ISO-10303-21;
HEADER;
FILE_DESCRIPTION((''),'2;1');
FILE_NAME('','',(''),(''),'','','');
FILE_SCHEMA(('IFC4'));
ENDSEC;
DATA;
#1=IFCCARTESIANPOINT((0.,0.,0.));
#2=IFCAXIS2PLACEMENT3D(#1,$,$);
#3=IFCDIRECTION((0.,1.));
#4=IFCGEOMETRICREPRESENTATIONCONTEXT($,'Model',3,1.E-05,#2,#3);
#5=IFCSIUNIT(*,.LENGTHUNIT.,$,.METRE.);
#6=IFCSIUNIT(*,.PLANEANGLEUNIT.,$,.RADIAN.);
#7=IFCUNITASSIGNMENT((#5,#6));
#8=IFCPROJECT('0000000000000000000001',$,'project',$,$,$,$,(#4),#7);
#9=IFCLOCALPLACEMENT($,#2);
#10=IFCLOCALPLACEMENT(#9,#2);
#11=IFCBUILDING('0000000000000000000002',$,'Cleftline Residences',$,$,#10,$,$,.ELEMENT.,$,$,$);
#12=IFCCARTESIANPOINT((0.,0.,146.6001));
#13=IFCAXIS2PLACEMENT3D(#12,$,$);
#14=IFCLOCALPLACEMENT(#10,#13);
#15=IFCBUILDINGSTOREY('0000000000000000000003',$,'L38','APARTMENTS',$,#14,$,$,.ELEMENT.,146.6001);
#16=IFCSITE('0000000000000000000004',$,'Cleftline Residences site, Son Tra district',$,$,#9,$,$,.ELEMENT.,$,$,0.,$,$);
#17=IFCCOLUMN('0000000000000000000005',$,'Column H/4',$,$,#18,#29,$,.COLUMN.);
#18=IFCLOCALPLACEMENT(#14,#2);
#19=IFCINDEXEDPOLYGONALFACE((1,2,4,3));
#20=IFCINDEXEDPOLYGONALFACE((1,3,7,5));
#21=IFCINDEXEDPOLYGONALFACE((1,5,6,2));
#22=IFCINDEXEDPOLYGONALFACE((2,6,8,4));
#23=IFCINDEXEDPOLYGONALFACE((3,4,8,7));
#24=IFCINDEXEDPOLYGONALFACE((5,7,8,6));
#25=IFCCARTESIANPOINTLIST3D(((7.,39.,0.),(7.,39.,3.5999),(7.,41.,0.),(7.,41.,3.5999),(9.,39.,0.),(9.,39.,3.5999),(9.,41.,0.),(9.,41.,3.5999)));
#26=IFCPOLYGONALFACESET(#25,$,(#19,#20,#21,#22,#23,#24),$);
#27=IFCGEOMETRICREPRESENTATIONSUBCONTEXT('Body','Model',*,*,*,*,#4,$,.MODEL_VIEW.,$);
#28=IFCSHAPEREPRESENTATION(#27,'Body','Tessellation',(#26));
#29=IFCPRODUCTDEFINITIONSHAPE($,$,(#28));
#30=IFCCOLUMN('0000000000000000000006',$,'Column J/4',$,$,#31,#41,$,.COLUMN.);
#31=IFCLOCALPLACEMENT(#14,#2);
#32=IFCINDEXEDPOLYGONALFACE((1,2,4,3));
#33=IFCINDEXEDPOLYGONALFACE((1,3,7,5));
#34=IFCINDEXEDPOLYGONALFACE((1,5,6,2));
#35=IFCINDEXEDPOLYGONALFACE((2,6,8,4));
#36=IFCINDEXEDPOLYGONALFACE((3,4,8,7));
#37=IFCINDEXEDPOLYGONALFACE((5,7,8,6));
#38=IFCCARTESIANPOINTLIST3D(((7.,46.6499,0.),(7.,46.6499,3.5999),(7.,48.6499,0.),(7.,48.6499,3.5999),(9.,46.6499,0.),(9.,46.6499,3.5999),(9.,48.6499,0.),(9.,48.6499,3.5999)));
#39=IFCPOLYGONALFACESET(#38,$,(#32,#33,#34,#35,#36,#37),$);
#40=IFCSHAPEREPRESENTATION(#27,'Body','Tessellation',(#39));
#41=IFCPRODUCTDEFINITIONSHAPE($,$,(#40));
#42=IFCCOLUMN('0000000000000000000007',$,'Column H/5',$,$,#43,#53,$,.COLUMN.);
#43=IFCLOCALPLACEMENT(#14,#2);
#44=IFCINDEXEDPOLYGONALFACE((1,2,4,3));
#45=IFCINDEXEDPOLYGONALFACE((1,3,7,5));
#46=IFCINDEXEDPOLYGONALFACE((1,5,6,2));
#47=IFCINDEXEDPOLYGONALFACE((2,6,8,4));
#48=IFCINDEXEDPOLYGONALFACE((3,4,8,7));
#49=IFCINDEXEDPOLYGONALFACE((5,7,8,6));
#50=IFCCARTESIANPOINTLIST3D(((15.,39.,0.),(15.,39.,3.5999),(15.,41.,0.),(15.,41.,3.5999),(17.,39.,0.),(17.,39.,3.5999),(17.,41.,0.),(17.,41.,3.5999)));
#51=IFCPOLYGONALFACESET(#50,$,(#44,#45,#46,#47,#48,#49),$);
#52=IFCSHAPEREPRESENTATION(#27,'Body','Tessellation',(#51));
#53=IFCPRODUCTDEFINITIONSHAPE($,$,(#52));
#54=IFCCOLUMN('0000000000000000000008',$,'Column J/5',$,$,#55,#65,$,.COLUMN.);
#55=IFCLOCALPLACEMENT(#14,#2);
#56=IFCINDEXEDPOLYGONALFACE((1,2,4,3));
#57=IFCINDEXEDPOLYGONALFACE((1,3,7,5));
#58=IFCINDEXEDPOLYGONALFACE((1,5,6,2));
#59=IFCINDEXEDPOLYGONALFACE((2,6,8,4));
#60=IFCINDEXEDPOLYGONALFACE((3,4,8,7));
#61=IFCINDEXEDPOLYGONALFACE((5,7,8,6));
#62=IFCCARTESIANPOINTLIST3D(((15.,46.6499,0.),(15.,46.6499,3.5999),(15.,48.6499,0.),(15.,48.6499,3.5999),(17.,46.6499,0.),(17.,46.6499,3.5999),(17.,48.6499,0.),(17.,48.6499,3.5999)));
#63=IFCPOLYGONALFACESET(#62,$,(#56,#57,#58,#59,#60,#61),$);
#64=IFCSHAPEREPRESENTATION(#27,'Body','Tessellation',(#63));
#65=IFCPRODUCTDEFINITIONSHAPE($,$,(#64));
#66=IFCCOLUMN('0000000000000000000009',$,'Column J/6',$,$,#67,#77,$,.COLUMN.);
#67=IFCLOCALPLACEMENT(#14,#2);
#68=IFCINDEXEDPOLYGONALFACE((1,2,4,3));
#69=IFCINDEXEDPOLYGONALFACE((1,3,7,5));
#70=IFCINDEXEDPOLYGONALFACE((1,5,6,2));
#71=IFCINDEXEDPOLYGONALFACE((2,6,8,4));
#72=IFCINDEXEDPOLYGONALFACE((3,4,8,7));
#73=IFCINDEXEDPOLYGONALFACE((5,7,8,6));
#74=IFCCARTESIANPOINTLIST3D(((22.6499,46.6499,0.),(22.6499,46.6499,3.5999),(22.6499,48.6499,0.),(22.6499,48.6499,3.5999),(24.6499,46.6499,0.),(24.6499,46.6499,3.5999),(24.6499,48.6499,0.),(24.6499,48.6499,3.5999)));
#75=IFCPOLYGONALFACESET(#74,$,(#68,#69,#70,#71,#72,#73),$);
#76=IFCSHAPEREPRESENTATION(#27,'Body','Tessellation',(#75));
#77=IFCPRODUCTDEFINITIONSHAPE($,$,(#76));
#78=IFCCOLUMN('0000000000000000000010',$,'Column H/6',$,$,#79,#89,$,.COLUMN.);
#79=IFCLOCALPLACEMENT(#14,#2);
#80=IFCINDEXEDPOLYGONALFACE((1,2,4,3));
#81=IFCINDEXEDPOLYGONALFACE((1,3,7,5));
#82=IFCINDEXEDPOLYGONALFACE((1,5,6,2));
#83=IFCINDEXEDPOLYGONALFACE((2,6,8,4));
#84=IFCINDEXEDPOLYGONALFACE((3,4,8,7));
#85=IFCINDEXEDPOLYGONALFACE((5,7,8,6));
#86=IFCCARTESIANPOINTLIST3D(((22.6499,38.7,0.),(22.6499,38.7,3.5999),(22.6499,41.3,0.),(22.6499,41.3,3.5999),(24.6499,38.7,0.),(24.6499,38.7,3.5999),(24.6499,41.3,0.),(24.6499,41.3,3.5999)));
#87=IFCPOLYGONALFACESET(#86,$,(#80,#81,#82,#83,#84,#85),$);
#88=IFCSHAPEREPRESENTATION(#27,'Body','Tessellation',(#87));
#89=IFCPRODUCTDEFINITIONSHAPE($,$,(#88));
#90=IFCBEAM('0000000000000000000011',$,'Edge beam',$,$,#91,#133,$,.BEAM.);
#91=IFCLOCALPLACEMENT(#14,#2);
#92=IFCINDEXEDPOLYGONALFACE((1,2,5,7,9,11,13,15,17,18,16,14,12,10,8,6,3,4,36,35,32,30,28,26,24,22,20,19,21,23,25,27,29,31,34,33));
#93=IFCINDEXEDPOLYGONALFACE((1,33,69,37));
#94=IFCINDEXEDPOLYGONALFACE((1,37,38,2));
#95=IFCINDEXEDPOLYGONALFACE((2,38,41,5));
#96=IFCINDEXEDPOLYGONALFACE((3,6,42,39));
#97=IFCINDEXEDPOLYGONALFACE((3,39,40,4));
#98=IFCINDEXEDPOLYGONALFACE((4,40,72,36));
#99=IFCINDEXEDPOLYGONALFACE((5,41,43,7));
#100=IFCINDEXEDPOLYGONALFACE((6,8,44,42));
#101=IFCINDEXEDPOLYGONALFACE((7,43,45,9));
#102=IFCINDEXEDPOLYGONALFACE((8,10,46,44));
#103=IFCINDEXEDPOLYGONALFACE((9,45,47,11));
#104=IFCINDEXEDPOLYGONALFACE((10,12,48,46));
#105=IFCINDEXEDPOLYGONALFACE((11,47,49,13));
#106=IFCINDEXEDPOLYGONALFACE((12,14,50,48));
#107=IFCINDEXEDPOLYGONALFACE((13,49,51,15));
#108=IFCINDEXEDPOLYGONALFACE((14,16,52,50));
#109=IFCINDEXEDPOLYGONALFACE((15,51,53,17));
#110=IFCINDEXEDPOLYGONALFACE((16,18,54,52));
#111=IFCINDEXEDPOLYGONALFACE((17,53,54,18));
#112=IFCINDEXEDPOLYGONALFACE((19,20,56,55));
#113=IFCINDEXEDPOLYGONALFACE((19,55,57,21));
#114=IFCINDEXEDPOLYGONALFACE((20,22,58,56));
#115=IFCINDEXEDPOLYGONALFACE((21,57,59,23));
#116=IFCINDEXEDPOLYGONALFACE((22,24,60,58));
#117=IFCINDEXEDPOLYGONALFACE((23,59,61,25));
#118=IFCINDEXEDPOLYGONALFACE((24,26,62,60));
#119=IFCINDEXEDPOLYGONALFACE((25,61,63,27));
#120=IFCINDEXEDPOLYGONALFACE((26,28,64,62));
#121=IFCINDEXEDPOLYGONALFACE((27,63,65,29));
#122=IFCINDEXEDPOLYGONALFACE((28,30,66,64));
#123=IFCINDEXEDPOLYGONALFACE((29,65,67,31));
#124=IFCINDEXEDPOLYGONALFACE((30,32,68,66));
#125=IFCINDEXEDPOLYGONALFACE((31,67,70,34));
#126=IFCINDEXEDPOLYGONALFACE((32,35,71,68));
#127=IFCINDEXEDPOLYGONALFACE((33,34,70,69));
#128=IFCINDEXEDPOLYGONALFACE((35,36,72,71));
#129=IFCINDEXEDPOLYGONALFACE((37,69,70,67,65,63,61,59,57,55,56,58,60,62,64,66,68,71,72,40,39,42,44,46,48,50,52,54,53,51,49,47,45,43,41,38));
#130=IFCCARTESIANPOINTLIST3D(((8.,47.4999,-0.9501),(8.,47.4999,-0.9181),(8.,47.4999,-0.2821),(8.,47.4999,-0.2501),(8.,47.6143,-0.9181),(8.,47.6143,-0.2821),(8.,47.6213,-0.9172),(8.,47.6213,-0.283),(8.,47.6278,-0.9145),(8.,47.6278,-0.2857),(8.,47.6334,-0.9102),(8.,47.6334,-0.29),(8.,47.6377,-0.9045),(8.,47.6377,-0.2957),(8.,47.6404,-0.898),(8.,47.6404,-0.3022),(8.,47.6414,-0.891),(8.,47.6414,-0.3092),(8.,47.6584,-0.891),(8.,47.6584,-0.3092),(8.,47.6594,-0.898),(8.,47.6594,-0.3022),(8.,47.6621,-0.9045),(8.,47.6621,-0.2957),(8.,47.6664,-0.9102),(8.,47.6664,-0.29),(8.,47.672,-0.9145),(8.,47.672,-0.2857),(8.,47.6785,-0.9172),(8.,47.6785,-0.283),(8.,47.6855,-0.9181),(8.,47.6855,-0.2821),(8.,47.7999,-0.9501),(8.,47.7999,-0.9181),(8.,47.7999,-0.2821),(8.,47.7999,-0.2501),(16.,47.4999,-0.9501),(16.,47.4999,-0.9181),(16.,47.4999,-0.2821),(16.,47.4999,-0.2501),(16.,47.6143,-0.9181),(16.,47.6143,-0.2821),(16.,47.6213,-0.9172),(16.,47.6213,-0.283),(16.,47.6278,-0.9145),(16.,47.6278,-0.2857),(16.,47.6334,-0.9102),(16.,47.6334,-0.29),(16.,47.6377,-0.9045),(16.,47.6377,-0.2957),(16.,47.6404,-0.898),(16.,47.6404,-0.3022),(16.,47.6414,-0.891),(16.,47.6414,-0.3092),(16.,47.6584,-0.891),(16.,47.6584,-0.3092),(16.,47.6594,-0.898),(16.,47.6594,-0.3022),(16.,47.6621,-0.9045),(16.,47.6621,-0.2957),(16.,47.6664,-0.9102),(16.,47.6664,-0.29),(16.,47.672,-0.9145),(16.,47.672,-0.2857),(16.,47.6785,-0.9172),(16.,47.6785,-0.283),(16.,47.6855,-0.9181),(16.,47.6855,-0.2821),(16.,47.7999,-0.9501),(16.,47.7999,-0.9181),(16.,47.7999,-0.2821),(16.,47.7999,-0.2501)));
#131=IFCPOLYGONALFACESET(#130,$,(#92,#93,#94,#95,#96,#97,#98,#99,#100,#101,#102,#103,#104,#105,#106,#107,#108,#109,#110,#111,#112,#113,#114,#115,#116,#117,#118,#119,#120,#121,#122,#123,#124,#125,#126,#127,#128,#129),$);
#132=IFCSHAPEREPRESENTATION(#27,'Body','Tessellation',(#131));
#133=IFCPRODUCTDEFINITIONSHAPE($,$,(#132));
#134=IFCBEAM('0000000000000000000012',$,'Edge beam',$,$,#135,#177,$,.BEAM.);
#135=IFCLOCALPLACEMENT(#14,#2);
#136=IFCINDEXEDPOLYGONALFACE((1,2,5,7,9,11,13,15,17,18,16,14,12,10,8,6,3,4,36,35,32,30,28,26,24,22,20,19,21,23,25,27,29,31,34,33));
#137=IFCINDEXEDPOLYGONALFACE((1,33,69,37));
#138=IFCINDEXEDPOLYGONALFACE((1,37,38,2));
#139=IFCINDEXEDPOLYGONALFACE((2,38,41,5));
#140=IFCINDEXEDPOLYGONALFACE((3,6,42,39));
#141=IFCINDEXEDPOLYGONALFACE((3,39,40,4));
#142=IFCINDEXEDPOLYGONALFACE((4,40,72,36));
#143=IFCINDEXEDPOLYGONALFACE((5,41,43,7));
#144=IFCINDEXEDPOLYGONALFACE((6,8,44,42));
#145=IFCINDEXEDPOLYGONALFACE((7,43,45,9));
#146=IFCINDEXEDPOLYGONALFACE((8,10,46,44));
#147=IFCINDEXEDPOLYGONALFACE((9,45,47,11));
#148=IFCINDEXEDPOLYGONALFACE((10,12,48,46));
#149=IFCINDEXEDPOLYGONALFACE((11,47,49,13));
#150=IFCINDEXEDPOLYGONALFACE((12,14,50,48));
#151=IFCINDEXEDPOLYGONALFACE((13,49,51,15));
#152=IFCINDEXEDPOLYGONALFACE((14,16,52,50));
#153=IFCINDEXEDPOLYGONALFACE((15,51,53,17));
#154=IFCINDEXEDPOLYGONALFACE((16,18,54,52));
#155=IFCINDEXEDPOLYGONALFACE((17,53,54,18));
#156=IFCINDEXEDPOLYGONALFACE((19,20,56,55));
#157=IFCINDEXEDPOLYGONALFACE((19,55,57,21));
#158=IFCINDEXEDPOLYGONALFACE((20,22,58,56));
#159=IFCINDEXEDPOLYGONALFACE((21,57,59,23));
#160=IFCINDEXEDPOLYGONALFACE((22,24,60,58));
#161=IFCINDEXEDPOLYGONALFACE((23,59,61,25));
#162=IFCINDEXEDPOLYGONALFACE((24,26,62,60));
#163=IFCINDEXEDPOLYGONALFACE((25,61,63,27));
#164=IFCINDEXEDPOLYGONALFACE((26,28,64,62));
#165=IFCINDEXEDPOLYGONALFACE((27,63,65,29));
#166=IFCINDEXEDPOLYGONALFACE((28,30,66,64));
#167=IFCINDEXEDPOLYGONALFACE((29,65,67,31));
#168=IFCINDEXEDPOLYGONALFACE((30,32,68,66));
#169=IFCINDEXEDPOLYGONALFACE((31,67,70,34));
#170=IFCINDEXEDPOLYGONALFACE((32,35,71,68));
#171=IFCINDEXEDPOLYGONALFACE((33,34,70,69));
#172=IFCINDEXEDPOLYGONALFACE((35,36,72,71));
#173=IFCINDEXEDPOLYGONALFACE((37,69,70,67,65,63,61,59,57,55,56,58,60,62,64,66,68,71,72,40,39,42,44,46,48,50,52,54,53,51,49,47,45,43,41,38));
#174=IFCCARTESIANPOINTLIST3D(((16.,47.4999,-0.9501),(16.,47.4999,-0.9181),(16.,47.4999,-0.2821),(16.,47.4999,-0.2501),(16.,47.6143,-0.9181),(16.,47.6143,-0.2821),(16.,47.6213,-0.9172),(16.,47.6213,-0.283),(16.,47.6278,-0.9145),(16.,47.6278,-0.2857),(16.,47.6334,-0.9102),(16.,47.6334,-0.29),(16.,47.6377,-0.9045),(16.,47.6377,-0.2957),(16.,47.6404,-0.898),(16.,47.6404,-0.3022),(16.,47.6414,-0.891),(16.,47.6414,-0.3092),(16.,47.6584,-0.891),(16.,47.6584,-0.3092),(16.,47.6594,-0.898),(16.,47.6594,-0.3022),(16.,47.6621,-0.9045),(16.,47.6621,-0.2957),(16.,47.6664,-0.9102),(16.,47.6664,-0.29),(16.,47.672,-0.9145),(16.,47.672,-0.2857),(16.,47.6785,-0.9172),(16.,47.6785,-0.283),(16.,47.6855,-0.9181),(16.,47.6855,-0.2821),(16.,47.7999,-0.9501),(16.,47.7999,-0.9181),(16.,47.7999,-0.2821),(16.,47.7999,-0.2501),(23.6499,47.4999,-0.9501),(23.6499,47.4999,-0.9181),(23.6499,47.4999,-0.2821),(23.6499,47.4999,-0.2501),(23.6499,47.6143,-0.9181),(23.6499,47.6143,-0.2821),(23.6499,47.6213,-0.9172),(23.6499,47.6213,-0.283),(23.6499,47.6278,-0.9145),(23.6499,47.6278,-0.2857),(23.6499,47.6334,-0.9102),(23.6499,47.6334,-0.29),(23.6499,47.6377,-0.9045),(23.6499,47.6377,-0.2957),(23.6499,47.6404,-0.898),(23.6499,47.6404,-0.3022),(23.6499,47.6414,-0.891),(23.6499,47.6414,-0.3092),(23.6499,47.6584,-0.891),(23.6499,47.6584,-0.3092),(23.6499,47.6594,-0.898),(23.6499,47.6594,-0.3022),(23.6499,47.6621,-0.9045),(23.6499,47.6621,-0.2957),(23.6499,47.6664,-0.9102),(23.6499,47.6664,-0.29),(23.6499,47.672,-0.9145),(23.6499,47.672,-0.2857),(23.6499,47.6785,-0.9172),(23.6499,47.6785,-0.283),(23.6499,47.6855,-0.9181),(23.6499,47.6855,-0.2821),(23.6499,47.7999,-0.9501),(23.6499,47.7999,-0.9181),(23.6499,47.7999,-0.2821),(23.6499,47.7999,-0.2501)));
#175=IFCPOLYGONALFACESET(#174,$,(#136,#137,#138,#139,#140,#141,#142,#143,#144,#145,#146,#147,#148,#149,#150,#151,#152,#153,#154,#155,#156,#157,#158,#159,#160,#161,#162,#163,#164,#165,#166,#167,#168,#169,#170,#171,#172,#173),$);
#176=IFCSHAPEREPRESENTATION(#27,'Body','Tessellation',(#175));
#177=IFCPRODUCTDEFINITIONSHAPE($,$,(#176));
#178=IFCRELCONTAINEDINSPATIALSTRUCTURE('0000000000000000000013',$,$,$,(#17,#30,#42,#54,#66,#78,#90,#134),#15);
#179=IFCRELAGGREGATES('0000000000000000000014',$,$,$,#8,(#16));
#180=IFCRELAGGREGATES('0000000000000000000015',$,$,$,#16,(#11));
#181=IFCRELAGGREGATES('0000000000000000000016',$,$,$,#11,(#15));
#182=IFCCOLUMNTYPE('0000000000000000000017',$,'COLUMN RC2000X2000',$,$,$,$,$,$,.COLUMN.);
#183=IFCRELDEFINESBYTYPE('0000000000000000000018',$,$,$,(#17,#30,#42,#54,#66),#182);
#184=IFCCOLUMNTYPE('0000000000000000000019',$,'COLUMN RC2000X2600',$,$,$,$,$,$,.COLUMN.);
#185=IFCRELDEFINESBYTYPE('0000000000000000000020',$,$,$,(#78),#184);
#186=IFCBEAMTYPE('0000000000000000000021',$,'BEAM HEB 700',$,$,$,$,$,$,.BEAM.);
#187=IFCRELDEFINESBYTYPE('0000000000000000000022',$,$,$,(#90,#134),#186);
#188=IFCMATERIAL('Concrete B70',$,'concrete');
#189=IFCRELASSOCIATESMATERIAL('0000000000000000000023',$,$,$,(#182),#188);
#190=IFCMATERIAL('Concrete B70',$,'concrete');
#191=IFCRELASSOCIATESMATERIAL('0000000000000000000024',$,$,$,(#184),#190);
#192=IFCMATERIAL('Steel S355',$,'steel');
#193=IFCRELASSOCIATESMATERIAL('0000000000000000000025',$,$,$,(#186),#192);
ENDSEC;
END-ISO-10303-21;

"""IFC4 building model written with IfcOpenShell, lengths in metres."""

from ifc_helpers import new_model, si_unit, direction, frame, origin, origin_2d, place, context, subcontext, project, spatial, rectangle, i_section, extrude, material, material_profile, profile_set, type_object, element, save


model = new_model("IFC4")

# Units and contexts
model_context = context("Model", 3, precision=1e-05, world=origin(), true_north=direction((0.0, 1.0)))
body_context = subcontext(model_context, "Body", "Model", "MODEL_VIEW")
ifc_project = project(units=[si_unit("LENGTHUNIT", "METRE"), si_unit("PLANEANGLEUNIT", "RADIAN")], contexts=[model_context])

# Site, building, storey
site_placement = place(None, origin())
site = spatial("IfcSite", under=ifc_project, at=site_placement, Name="Cleftline Residences site, Son Tra district", CompositionType="ELEMENT", RefElevation=0.0)
building_placement = place(site_placement, origin())
building = spatial("IfcBuilding", under=site, at=building_placement, Name="Cleftline Residences", CompositionType="ELEMENT")
storey_placement = place(building_placement, frame((0.0, 0.0, 146.6001)))
storey = spatial("IfcBuildingStorey", under=building, at=storey_placement, Name="L38", Description="APARTMENTS", CompositionType="ELEMENT", Elevation=146.6001)

# Columns
ifc_material_1 = material(Name="Concrete B70", Category="concrete")
ifc_material_profile_1 = material_profile(ifc_material_1, rectangle(XDim=2.0, YDim=2.0, at=origin_2d()))
ifc_profile_set_1 = profile_set([ifc_material_profile_1], Name="Concrete B70")
column_type_1 = type_object("IfcColumnType", Name="COLUMN RC2000X2000", PredefinedType="COLUMN", material=ifc_profile_set_1)
for number, where, z_axis, x_axis, name in (
    (1, (8.0, 40.0, 0.0), (0.0, 0.0, 1.0), (1.0, 0.0, 0.0), "Column H/4"),
    (2, (8.0, 47.6499, 0.0), (0.0, 0.0, 1.0), (1.0, 0.0, 0.0), "Column J/4"),
    (3, (16.0, 40.0, 0.0), (0.0, 0.0, 1.0), (1.0, 0.0, 0.0), "Column H/5"),
    (4, (16.0, 47.6499, 0.0), (0.0, 0.0, 1.0), (1.0, 0.0, 0.0), "Column J/5"),
    (5, (23.6499, 47.6499, 0.0), (0.0, 0.0, 1.0), (1.0, 0.0, 0.0), "Column J/6"),
):
    element("IfcColumn", number, at=place(storey_placement, frame(where, z_axis=z_axis, x_axis=x_axis)), inside=storey, type_object=column_type_1, Name=name, PredefinedType="COLUMN", context=body_context, shape_type="SweptSolid", body=[
        extrude(rectangle(XDim=2.0, YDim=2.0, at=origin_2d()), origin(), (0.0, 0.0, 1.0), 3.5999),
    ])
ifc_material_2 = material(Name="Concrete B70", Category="concrete")
ifc_material_profile_2 = material_profile(ifc_material_2, rectangle(XDim=2.0, YDim=2.6001, at=origin_2d()))
ifc_profile_set_2 = profile_set([ifc_material_profile_2], Name="Concrete B70")
column_type_2 = type_object("IfcColumnType", Name="COLUMN RC2000X2600", PredefinedType="COLUMN", material=ifc_profile_set_2)
column_placement = place(storey_placement, frame((23.6499, 40.0, 0.0), z_axis=(0.0, 0.0, 1.0), x_axis=(1.0, 0.0, 0.0)))
element("IfcColumn", 6, at=column_placement, inside=storey, type_object=column_type_2, Name="Column H/6", PredefinedType="COLUMN", context=body_context, shape_type="SweptSolid", body=[
    extrude(rectangle(XDim=2.0, YDim=2.6001, at=origin_2d()), origin(), (0.0, 0.0, 1.0), 3.5999),
])

# Beams
ifc_material_3 = material(Name="Steel S355", Category="steel")
ifc_material_profile_3 = material_profile(ifc_material_3, i_section(OverallWidth=0.3, OverallDepth=0.7, WebThickness=0.0171, FlangeThickness=0.032, FilletRadius=0.0271, at=origin_2d()))
ifc_profile_set_3 = profile_set([ifc_material_profile_3], Name="Steel S355")
beam_type = type_object("IfcBeamType", Name="BEAM HEB 700", PredefinedType="BEAM", material=ifc_profile_set_3)
beam_placement = place(storey_placement, frame((8.0, 47.6499, -0.6001), z_axis=(1.0, 0.0, 0.0), x_axis=(0.0, 1.0, 0.0)))
element("IfcBeam", 7, at=beam_placement, inside=storey, type_object=beam_type, Name="Edge beam", PredefinedType="BEAM", context=body_context, shape_type="SweptSolid", body=[
    extrude(i_section(OverallWidth=0.3, OverallDepth=0.7, WebThickness=0.0171, FlangeThickness=0.032, FilletRadius=0.0271, at=origin_2d()), origin(), (0.0, 0.0, 1.0), 8.0),
])
for number, where, z_axis, x_axis, name in (
    (8, (16.0, 47.6499, -0.6001), (1.0, 0.0, 0.0), (0.0, 1.0, 0.0), "Edge beam"),
):
    element("IfcBeam", number, at=place(storey_placement, frame(where, z_axis=z_axis, x_axis=x_axis)), inside=storey, type_object=beam_type, Name=name, PredefinedType="BEAM", context=body_context, shape_type="SweptSolid", body=[
        extrude(i_section(OverallWidth=0.3, OverallDepth=0.7, WebThickness=0.0171, FlangeThickness=0.032, FilletRadius=0.0271, at=origin_2d()), origin(), (0.0, 0.0, 1.0), 7.6499),
    ])

save(model, "model.ifc")
